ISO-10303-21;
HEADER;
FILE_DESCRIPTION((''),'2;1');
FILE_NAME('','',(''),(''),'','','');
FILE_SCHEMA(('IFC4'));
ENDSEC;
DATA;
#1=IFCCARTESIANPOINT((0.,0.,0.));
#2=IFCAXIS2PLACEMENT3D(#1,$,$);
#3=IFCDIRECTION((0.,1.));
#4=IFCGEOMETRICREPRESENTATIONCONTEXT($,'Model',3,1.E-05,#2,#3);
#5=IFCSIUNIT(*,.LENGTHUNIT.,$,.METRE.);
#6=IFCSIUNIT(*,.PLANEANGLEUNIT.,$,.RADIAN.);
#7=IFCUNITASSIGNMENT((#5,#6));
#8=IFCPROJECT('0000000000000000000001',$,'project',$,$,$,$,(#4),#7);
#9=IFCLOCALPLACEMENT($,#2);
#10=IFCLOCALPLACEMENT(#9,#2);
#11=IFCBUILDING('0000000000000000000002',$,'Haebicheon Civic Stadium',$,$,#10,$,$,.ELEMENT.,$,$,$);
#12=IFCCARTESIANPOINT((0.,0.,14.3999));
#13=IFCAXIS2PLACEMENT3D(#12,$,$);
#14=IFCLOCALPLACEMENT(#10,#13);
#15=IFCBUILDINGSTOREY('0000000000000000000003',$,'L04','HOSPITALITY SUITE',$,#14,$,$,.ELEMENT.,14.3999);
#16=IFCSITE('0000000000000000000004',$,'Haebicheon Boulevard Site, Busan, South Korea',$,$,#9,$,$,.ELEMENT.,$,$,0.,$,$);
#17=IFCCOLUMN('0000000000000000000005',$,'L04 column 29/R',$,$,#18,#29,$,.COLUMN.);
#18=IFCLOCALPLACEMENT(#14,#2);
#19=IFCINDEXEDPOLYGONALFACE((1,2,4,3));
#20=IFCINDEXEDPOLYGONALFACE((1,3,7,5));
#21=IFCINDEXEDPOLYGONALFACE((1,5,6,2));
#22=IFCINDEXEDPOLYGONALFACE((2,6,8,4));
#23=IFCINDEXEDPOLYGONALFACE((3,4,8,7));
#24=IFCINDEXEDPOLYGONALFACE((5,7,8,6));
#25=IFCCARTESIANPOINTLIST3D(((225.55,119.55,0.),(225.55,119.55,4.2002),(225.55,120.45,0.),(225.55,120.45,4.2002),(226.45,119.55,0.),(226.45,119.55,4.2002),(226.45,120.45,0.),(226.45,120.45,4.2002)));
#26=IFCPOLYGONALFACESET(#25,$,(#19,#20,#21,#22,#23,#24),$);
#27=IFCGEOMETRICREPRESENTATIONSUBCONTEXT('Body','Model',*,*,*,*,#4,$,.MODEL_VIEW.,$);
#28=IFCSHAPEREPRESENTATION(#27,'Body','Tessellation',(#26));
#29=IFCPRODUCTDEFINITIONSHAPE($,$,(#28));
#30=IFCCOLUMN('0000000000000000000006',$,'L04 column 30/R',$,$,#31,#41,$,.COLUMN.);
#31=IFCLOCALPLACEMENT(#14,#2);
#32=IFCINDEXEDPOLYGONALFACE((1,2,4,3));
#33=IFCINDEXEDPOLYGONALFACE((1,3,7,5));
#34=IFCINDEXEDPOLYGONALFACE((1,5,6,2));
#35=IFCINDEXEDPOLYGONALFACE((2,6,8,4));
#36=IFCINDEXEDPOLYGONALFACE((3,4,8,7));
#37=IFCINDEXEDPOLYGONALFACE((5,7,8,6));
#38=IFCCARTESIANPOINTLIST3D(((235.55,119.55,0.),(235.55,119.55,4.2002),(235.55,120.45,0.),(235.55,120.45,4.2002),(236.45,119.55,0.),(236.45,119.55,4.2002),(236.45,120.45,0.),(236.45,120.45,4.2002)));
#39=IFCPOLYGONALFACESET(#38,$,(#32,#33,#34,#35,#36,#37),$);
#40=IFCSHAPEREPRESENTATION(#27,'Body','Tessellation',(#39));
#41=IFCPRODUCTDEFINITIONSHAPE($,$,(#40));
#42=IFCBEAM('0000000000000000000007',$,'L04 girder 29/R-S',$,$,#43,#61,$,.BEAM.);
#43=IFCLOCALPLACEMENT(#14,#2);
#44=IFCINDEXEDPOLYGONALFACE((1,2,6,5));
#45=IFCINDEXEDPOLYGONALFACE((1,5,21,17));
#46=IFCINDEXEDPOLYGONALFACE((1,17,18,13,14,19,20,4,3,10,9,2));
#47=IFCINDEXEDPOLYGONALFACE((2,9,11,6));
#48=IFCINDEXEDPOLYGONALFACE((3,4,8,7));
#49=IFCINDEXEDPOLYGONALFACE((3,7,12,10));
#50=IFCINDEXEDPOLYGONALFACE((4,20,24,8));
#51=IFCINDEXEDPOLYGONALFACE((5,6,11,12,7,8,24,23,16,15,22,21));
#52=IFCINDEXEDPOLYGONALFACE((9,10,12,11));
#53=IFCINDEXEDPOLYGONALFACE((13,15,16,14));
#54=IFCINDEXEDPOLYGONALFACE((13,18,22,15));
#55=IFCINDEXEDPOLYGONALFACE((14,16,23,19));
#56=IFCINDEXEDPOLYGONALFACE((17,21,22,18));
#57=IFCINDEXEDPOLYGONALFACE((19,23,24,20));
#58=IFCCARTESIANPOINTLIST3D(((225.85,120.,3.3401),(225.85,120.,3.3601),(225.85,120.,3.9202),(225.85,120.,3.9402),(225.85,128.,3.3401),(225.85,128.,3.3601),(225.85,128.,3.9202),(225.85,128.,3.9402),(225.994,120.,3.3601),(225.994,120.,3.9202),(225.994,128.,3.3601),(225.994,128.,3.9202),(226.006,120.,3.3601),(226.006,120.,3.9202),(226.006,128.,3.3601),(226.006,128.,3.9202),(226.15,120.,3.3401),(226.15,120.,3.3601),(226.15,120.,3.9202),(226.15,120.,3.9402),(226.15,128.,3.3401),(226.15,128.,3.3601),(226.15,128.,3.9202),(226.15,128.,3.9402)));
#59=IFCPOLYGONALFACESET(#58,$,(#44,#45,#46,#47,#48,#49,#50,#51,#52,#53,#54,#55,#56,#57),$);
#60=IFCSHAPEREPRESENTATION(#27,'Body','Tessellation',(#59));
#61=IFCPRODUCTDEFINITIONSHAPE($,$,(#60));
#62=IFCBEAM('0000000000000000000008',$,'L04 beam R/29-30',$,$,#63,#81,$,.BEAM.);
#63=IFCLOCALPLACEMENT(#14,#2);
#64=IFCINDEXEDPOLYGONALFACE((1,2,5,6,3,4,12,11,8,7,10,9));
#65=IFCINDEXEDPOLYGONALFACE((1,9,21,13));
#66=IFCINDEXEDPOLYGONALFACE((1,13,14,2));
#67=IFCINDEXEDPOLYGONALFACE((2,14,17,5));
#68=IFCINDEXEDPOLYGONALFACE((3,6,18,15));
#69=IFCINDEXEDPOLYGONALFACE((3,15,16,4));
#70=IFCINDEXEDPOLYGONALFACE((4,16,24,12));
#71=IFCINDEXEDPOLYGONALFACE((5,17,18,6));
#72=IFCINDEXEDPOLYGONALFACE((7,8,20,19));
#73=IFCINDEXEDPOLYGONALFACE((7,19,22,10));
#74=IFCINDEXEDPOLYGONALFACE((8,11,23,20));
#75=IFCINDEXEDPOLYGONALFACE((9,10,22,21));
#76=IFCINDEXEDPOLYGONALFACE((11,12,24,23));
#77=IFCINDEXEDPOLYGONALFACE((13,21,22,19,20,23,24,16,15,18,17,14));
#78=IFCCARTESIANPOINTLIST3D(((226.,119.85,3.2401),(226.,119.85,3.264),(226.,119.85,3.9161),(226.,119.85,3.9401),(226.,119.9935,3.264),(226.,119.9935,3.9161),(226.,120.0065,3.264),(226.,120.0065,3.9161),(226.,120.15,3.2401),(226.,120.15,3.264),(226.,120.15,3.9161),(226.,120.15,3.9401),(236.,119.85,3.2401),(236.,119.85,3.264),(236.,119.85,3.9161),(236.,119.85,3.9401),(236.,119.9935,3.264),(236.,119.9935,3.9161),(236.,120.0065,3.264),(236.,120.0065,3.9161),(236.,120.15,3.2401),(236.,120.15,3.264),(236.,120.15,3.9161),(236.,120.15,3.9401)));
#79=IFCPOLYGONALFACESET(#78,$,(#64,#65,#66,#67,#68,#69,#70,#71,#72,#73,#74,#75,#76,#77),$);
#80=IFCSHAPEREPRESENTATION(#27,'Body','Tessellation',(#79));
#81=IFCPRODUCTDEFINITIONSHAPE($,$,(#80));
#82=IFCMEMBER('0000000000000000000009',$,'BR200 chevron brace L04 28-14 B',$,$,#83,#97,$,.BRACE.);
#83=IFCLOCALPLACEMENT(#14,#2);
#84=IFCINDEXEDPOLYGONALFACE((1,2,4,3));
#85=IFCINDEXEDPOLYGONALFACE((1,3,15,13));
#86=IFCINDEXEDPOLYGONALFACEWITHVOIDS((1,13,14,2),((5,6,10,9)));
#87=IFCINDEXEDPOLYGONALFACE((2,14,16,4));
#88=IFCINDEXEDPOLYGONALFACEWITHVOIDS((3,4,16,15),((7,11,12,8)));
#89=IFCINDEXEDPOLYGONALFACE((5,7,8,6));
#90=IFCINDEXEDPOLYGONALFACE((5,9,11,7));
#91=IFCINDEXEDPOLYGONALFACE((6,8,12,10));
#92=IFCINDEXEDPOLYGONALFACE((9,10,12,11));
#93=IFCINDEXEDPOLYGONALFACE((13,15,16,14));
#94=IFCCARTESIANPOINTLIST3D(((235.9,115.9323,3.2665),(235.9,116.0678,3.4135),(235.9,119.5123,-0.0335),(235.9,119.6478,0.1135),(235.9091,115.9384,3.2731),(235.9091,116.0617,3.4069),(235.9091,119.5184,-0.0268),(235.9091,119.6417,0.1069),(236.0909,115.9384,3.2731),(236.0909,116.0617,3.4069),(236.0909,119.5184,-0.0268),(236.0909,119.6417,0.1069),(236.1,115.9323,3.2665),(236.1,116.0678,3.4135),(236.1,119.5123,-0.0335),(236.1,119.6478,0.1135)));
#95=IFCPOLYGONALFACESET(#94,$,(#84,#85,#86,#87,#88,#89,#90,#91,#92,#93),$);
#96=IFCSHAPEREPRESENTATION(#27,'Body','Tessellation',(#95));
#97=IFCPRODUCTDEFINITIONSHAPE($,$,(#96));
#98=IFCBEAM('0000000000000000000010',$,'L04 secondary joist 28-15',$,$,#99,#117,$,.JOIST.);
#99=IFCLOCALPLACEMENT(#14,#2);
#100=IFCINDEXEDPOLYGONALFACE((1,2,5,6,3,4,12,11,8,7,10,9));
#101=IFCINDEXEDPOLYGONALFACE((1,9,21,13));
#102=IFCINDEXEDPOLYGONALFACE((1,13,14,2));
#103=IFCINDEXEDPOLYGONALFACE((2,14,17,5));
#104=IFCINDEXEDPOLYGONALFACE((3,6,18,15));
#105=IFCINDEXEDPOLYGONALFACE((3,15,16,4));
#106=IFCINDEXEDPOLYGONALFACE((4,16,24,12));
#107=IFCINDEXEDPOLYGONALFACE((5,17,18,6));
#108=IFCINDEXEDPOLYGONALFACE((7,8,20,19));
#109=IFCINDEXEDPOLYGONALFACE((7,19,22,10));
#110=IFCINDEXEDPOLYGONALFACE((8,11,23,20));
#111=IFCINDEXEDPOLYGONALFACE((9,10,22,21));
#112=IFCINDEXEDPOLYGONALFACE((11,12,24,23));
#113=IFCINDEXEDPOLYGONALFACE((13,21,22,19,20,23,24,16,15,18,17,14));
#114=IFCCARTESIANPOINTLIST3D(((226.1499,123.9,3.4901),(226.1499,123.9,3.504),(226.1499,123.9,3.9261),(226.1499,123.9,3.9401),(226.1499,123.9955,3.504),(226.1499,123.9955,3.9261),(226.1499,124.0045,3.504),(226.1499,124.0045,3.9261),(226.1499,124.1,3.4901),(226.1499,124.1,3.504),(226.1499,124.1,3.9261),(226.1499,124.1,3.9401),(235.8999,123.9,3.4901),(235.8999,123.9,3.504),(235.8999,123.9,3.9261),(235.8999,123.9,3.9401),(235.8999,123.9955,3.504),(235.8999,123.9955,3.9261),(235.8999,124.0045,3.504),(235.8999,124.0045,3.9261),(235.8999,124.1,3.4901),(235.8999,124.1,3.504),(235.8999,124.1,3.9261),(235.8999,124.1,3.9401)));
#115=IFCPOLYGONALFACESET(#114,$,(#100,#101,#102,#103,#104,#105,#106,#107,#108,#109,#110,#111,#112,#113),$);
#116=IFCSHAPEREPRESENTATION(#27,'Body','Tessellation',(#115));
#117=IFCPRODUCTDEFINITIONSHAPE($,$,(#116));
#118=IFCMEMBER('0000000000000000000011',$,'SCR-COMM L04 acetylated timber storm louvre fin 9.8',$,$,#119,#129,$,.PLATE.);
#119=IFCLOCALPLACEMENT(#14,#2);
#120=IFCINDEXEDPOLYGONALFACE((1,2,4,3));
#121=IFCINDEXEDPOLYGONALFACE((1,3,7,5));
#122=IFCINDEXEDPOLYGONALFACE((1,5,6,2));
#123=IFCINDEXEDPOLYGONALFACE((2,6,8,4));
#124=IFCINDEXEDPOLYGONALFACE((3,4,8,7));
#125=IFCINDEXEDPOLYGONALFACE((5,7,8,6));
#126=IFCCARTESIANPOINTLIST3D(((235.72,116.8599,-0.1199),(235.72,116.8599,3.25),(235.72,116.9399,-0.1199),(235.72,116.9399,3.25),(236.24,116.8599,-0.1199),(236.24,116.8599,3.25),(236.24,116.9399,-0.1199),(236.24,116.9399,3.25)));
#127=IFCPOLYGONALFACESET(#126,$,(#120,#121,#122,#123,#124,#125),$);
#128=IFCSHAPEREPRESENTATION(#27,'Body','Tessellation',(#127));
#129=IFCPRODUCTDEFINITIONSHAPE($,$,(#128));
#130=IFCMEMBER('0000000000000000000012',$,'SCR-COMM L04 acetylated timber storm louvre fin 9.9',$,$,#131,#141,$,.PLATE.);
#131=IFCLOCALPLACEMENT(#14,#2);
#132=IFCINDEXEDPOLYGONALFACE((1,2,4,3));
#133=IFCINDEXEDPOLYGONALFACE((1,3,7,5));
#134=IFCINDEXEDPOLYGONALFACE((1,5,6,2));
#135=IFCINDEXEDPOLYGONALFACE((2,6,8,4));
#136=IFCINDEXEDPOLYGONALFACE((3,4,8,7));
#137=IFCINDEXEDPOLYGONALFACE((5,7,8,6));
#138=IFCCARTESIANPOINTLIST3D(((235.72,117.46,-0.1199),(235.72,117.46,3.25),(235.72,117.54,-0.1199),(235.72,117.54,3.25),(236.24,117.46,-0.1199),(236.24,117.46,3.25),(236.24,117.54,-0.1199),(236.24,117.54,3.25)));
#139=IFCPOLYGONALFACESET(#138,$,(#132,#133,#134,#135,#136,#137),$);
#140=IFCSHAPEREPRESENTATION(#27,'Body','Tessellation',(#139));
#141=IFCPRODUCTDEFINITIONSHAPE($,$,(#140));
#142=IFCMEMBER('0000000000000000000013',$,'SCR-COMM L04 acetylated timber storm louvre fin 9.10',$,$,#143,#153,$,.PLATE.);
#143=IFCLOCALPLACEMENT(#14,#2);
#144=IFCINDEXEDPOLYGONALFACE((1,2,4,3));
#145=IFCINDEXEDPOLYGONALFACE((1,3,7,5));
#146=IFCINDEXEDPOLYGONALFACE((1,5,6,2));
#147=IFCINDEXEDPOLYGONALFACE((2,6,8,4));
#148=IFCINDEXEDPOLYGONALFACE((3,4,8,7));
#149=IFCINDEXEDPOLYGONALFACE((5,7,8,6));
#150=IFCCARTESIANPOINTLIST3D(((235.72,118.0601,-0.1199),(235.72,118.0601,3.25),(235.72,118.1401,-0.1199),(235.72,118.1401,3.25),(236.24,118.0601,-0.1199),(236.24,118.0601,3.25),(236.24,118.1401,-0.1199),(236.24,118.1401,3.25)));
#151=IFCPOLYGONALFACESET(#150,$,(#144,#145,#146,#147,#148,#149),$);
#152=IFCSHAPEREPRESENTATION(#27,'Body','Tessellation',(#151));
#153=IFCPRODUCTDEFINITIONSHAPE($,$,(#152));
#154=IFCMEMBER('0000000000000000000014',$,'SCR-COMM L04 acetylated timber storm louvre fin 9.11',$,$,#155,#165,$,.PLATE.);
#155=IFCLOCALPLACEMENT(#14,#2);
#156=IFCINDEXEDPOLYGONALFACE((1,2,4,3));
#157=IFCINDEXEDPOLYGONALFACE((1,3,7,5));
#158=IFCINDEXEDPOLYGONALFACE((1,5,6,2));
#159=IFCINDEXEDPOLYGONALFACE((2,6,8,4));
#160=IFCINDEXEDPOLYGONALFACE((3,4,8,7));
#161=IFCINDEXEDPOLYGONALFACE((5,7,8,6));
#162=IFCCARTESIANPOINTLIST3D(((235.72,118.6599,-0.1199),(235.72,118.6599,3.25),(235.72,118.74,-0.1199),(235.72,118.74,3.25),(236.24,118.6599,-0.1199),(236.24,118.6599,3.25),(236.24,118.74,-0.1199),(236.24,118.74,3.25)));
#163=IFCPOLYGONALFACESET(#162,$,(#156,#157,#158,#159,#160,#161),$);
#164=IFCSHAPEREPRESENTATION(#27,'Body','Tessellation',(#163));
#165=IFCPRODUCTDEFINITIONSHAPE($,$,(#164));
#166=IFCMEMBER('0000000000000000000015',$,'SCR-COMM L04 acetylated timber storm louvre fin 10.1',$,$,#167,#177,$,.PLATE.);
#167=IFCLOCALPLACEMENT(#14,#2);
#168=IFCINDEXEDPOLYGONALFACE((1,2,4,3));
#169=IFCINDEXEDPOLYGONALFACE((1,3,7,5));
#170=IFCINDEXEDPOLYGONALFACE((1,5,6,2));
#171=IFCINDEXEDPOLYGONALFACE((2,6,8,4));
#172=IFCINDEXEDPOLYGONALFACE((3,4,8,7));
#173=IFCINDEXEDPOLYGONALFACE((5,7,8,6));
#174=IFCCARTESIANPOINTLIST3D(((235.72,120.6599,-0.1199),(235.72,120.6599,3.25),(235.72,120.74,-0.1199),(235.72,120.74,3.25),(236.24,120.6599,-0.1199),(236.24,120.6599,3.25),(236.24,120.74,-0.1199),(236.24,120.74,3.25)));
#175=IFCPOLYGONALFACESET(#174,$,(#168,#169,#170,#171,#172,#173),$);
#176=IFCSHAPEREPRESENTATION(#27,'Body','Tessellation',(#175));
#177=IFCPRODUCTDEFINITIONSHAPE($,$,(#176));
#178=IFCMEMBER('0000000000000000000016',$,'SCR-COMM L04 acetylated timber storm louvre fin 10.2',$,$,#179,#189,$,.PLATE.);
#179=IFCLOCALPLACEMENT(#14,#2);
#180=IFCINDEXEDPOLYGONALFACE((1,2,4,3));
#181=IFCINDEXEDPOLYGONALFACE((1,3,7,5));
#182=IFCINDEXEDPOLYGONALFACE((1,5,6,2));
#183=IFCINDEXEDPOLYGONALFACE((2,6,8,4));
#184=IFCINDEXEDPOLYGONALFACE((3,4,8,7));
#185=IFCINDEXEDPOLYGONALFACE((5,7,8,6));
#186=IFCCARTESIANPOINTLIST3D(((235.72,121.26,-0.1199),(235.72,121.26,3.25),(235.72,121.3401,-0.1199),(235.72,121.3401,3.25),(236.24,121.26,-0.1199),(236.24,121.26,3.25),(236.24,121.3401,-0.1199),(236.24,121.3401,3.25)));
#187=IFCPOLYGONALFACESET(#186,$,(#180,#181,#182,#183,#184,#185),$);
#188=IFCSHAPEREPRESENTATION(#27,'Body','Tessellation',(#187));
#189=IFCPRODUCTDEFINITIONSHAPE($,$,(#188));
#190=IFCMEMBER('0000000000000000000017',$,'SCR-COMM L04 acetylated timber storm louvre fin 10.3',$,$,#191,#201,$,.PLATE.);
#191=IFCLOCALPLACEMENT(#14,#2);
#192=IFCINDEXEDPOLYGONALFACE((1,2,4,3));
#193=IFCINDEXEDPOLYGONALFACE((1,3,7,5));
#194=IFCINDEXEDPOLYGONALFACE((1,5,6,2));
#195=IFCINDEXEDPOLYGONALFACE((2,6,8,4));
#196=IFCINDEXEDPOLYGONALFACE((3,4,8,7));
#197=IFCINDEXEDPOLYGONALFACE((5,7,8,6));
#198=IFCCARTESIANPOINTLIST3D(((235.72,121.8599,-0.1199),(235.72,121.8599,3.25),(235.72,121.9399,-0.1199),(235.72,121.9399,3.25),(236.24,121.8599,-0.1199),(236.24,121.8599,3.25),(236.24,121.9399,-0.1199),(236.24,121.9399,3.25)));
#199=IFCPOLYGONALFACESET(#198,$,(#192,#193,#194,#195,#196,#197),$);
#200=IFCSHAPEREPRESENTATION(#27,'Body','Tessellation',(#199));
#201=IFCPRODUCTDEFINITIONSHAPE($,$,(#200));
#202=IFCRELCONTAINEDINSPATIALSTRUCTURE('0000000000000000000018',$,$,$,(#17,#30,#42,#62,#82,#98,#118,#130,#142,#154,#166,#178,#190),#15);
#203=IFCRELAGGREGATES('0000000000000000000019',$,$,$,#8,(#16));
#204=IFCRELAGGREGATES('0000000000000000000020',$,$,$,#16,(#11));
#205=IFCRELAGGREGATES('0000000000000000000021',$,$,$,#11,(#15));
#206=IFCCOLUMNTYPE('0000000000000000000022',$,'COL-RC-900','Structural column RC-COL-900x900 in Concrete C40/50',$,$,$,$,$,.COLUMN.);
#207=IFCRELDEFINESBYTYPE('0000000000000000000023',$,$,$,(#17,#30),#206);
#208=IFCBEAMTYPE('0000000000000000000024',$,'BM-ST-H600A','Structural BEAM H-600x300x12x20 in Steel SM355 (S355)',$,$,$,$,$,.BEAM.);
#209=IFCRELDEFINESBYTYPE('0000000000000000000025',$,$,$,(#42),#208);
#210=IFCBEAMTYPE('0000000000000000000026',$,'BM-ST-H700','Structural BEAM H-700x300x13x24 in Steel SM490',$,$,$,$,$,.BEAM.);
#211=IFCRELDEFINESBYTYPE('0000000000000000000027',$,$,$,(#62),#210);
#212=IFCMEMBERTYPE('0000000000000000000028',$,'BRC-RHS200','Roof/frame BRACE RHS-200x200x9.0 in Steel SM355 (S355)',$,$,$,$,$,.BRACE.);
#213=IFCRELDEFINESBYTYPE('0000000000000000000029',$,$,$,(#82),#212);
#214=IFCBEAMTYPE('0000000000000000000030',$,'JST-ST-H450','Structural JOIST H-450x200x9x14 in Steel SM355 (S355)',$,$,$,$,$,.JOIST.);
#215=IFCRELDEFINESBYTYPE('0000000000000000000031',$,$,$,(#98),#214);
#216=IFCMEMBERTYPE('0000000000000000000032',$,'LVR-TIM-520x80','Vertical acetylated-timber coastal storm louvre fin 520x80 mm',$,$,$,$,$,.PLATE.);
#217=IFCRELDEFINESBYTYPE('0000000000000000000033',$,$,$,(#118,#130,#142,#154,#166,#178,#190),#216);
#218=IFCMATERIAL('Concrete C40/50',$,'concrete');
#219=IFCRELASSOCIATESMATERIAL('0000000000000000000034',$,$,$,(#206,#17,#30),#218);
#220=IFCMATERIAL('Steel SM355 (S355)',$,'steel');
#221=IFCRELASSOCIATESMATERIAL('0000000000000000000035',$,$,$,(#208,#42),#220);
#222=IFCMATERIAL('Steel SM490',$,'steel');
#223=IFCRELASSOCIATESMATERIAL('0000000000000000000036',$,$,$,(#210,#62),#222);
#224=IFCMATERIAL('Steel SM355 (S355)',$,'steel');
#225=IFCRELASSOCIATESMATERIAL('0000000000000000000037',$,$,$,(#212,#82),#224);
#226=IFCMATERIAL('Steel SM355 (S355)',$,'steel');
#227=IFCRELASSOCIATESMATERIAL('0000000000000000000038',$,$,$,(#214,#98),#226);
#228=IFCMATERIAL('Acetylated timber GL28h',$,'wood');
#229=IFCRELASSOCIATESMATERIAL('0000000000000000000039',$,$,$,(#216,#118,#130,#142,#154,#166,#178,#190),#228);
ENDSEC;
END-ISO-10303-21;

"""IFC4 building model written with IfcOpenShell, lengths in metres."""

from ifc_helpers import new_model, si_unit, direction, frame, origin, origin_2d, place, context, subcontext, project, spatial, rectangle, hollow_rectangle, i_section, extrude, material, material_profile, profile_set, type_object, element, save


model = new_model("IFC4")

# Units and contexts
model_context = context("Model", 3, precision=1e-05, world=origin(), true_north=direction((0.0, 1.0)))
body_context = subcontext(model_context, "Body", "Model", "MODEL_VIEW")
ifc_project = project(units=[si_unit("LENGTHUNIT", "METRE"), si_unit("PLANEANGLEUNIT", "RADIAN")], contexts=[model_context])

# Site, building, storey
site_placement = place(None, origin())
site = spatial("IfcSite", under=ifc_project, at=site_placement, Name="Haebicheon Boulevard Site, Busan, South Korea", CompositionType="ELEMENT", RefElevation=0.0)
building_placement = place(site_placement, origin())
building = spatial("IfcBuilding", under=site, at=building_placement, Name="Haebicheon Civic Stadium", CompositionType="ELEMENT")
storey_placement = place(building_placement, frame((0.0, 0.0, 14.3999)))
storey = spatial("IfcBuildingStorey", under=building, at=storey_placement, Name="L04", Description="HOSPITALITY SUITE", CompositionType="ELEMENT", Elevation=14.3999)

# Columns
ifc_material_1 = material(Name="Concrete C40/50", Category="concrete")
ifc_material_profile_1 = material_profile(ifc_material_1, rectangle(XDim=0.8999, YDim=0.8999, at=origin_2d()), Name="RC-COL-900x900")
ifc_profile_set_1 = profile_set([ifc_material_profile_1], Name="Concrete C40/50")
column_type = type_object("IfcColumnType", Name="COL-RC-900", Description="Structural column RC-COL-900x900 in Concrete C40/50", PredefinedType="COLUMN", material=ifc_profile_set_1)
for number, where, z_axis, x_axis, name in (
    (1, (226.0, 120.0, 0.0), (0.0, 0.0, 1.0), (1.0, 0.0, 0.0), "L04 column 29/R"),
    (2, (236.0, 120.0, 0.0), (0.0, 0.0, 1.0), (1.0, 0.0, 0.0), "L04 column 30/R"),
):
    element("IfcColumn", number, at=place(storey_placement, frame(where, z_axis=z_axis, x_axis=x_axis)), inside=storey, type_object=column_type, material=ifc_profile_set_1, Name=name, PredefinedType="COLUMN", context=body_context, shape_type="SweptSolid", body=[
        extrude(rectangle(XDim=0.8999, YDim=0.8999, at=origin_2d()), origin(), (0.0, 0.0, 1.0), 4.2002),
    ])

# Beams
ifc_material_2 = material(Name="Steel SM355 (S355)", Category="steel")
ifc_material_profile_2 = material_profile(ifc_material_2, i_section(OverallWidth=0.3, OverallDepth=0.6001, WebThickness=0.012, FlangeThickness=0.02, at=origin_2d()), Name="H-600x300x12x20")
ifc_profile_set_2 = profile_set([ifc_material_profile_2], Name="Steel SM355 (S355)")
beam_type_1 = type_object("IfcBeamType", Name="BM-ST-H600A", Description="Structural BEAM H-600x300x12x20 in Steel SM355 (S355)", PredefinedType="BEAM", material=ifc_profile_set_2)
beam_1_placement = place(storey_placement, frame((226.0, 120.0, 3.6401), z_axis=(0.0, 1.0, 0.0), x_axis=(-1.0, 0.0, 0.0)))
element("IfcBeam", 3, at=beam_1_placement, inside=storey, type_object=beam_type_1, material=ifc_profile_set_2, Name="L04 girder 29/R-S", PredefinedType="BEAM", context=body_context, shape_type="SweptSolid", body=[
    extrude(i_section(OverallWidth=0.3, OverallDepth=0.6001, WebThickness=0.012, FlangeThickness=0.02, at=origin_2d()), origin(), (0.0, 0.0, 1.0), 8.0),
])
ifc_material_3 = material(Name="Steel SM490", Category="steel")
ifc_material_profile_3 = material_profile(ifc_material_3, i_section(OverallWidth=0.3, OverallDepth=0.7, WebThickness=0.0129, FlangeThickness=0.0239, at=origin_2d()), Name="H-700x300x13x24")
ifc_profile_set_3 = profile_set([ifc_material_profile_3], Name="Steel SM490")
beam_type_2 = type_object("IfcBeamType", Name="BM-ST-H700", Description="Structural BEAM H-700x300x13x24 in Steel SM490", PredefinedType="BEAM", material=ifc_profile_set_3)
beam_2_placement = place(storey_placement, frame((226.0, 120.0, 3.5901), z_axis=(1.0, 0.0, 0.0), x_axis=(0.0, 1.0, 0.0)))
element("IfcBeam", 4, at=beam_2_placement, inside=storey, type_object=beam_type_2, material=ifc_profile_set_3, Name="L04 beam R/29-30", PredefinedType="BEAM", context=body_context, shape_type="SweptSolid", body=[
    extrude(i_section(OverallWidth=0.3, OverallDepth=0.7, WebThickness=0.0129, FlangeThickness=0.0239, at=origin_2d()), origin(), (0.0, 0.0, 1.0), 10.0),
])

# Member
ifc_material_4 = material(Name="Steel SM355 (S355)", Category="steel")
ifc_material_profile_4 = material_profile(ifc_material_4, hollow_rectangle(XDim=0.2, YDim=0.2, WallThickness=0.009, at=origin_2d()), Name="RHS-200x200x9.0")
ifc_profile_set_4 = profile_set([ifc_material_profile_4], Name="Steel SM355 (S355)")
member_type_1 = type_object("IfcMemberType", Name="BRC-RHS200", Description="Roof/frame BRACE RHS-200x200x9.0 in Steel SM355 (S355)", PredefinedType="BRACE", material=ifc_profile_set_4)
member_placement = place(storey_placement, frame((236.0, 119.5801, 0.04), z_axis=(0.0, -0.735278, 0.677766), x_axis=(1.0, 0.0, 0.0)))
element("IfcMember", 5, at=member_placement, inside=storey, type_object=member_type_1, material=ifc_profile_set_4, Name="BR200 chevron brace L04 28-14 B", PredefinedType="BRACE", context=body_context, shape_type="SweptSolid", body=[
    extrude(hollow_rectangle(XDim=0.2, YDim=0.2, WallThickness=0.009, at=origin_2d()), origin(), (0.0, 0.0, 1.0), 4.8689),
])

# Beam
ifc_material_5 = material(Name="Steel SM355 (S355)", Category="steel")
ifc_material_profile_5 = material_profile(ifc_material_5, i_section(OverallWidth=0.2, OverallDepth=0.45, WebThickness=0.009, FlangeThickness=0.0139, at=origin_2d()), Name="H-450x200x9x14")
ifc_profile_set_5 = profile_set([ifc_material_profile_5], Name="Steel SM355 (S355)")
beam_type_3 = type_object("IfcBeamType", Name="JST-ST-H450", Description="Structural JOIST H-450x200x9x14 in Steel SM355 (S355)", PredefinedType="JOIST", material=ifc_profile_set_5)
beam_3_placement = place(storey_placement, frame((226.1499, 124.0, 3.7151), z_axis=(1.0, 0.0, 0.0), x_axis=(0.0, 1.0, 0.0)))
element("IfcBeam", 6, at=beam_3_placement, inside=storey, type_object=beam_type_3, material=ifc_profile_set_5, Name="L04 secondary joist 28-15", PredefinedType="JOIST", context=body_context, shape_type="SweptSolid", body=[
    extrude(i_section(OverallWidth=0.2, OverallDepth=0.45, WebThickness=0.009, FlangeThickness=0.0139, at=origin_2d()), origin(), (0.0, 0.0, 1.0), 9.75),
])

# Members
ifc_material_6 = material(Name="Acetylated timber GL28h", Category="wood")
ifc_material_profile_6 = material_profile(ifc_material_6, rectangle(XDim=0.0801, YDim=0.52, at=origin_2d()), Name="TMB-LOUV-80x520")
ifc_profile_set_6 = profile_set([ifc_material_profile_6], Name="Acetylated timber GL28h")
member_type_2 = type_object("IfcMemberType", Name="LVR-TIM-520x80", Description="Vertical acetylated-timber coastal storm louvre fin 520x80 mm", PredefinedType="PLATE", material=ifc_profile_set_6)
for number, where, z_axis, x_axis, name in (
    (7, (235.98, 116.8999, -0.1199), (0.0, 0.0, 1.0), (0.0, 1.0, 0.0), "SCR-COMM L04 acetylated timber storm louvre fin 9.8"),
    (8, (235.98, 117.5, -0.1199), (0.0, 0.0, 1.0), (0.0, 1.0, 0.0), "SCR-COMM L04 acetylated timber storm louvre fin 9.9"),
    (9, (235.98, 118.1001, -0.1199), (0.0, 0.0, 1.0), (0.0, 1.0, 0.0), "SCR-COMM L04 acetylated timber storm louvre fin 9.10"),
    (10, (235.98, 118.7, -0.1199), (0.0, 0.0, 1.0), (0.0, 1.0, 0.0), "SCR-COMM L04 acetylated timber storm louvre fin 9.11"),
    (11, (235.98, 120.7, -0.1199), (0.0, 0.0, 1.0), (0.0, 1.0, 0.0), "SCR-COMM L04 acetylated timber storm louvre fin 10.1"),
    (12, (235.98, 121.3, -0.1199), (0.0, 0.0, 1.0), (0.0, 1.0, 0.0), "SCR-COMM L04 acetylated timber storm louvre fin 10.2"),
    (13, (235.98, 121.8999, -0.1199), (0.0, 0.0, 1.0), (0.0, 1.0, 0.0), "SCR-COMM L04 acetylated timber storm louvre fin 10.3"),
):
    element("IfcMember", number, at=place(storey_placement, frame(where, z_axis=z_axis, x_axis=x_axis)), inside=storey, type_object=member_type_2, material=ifc_profile_set_6, Name=name, PredefinedType="PLATE", context=body_context, shape_type="SweptSolid", body=[
        extrude(rectangle(XDim=0.0801, YDim=0.52, at=origin_2d()), origin(), (0.0, 0.0, 1.0), 3.3699),
    ])

save(model, "model.ifc")
